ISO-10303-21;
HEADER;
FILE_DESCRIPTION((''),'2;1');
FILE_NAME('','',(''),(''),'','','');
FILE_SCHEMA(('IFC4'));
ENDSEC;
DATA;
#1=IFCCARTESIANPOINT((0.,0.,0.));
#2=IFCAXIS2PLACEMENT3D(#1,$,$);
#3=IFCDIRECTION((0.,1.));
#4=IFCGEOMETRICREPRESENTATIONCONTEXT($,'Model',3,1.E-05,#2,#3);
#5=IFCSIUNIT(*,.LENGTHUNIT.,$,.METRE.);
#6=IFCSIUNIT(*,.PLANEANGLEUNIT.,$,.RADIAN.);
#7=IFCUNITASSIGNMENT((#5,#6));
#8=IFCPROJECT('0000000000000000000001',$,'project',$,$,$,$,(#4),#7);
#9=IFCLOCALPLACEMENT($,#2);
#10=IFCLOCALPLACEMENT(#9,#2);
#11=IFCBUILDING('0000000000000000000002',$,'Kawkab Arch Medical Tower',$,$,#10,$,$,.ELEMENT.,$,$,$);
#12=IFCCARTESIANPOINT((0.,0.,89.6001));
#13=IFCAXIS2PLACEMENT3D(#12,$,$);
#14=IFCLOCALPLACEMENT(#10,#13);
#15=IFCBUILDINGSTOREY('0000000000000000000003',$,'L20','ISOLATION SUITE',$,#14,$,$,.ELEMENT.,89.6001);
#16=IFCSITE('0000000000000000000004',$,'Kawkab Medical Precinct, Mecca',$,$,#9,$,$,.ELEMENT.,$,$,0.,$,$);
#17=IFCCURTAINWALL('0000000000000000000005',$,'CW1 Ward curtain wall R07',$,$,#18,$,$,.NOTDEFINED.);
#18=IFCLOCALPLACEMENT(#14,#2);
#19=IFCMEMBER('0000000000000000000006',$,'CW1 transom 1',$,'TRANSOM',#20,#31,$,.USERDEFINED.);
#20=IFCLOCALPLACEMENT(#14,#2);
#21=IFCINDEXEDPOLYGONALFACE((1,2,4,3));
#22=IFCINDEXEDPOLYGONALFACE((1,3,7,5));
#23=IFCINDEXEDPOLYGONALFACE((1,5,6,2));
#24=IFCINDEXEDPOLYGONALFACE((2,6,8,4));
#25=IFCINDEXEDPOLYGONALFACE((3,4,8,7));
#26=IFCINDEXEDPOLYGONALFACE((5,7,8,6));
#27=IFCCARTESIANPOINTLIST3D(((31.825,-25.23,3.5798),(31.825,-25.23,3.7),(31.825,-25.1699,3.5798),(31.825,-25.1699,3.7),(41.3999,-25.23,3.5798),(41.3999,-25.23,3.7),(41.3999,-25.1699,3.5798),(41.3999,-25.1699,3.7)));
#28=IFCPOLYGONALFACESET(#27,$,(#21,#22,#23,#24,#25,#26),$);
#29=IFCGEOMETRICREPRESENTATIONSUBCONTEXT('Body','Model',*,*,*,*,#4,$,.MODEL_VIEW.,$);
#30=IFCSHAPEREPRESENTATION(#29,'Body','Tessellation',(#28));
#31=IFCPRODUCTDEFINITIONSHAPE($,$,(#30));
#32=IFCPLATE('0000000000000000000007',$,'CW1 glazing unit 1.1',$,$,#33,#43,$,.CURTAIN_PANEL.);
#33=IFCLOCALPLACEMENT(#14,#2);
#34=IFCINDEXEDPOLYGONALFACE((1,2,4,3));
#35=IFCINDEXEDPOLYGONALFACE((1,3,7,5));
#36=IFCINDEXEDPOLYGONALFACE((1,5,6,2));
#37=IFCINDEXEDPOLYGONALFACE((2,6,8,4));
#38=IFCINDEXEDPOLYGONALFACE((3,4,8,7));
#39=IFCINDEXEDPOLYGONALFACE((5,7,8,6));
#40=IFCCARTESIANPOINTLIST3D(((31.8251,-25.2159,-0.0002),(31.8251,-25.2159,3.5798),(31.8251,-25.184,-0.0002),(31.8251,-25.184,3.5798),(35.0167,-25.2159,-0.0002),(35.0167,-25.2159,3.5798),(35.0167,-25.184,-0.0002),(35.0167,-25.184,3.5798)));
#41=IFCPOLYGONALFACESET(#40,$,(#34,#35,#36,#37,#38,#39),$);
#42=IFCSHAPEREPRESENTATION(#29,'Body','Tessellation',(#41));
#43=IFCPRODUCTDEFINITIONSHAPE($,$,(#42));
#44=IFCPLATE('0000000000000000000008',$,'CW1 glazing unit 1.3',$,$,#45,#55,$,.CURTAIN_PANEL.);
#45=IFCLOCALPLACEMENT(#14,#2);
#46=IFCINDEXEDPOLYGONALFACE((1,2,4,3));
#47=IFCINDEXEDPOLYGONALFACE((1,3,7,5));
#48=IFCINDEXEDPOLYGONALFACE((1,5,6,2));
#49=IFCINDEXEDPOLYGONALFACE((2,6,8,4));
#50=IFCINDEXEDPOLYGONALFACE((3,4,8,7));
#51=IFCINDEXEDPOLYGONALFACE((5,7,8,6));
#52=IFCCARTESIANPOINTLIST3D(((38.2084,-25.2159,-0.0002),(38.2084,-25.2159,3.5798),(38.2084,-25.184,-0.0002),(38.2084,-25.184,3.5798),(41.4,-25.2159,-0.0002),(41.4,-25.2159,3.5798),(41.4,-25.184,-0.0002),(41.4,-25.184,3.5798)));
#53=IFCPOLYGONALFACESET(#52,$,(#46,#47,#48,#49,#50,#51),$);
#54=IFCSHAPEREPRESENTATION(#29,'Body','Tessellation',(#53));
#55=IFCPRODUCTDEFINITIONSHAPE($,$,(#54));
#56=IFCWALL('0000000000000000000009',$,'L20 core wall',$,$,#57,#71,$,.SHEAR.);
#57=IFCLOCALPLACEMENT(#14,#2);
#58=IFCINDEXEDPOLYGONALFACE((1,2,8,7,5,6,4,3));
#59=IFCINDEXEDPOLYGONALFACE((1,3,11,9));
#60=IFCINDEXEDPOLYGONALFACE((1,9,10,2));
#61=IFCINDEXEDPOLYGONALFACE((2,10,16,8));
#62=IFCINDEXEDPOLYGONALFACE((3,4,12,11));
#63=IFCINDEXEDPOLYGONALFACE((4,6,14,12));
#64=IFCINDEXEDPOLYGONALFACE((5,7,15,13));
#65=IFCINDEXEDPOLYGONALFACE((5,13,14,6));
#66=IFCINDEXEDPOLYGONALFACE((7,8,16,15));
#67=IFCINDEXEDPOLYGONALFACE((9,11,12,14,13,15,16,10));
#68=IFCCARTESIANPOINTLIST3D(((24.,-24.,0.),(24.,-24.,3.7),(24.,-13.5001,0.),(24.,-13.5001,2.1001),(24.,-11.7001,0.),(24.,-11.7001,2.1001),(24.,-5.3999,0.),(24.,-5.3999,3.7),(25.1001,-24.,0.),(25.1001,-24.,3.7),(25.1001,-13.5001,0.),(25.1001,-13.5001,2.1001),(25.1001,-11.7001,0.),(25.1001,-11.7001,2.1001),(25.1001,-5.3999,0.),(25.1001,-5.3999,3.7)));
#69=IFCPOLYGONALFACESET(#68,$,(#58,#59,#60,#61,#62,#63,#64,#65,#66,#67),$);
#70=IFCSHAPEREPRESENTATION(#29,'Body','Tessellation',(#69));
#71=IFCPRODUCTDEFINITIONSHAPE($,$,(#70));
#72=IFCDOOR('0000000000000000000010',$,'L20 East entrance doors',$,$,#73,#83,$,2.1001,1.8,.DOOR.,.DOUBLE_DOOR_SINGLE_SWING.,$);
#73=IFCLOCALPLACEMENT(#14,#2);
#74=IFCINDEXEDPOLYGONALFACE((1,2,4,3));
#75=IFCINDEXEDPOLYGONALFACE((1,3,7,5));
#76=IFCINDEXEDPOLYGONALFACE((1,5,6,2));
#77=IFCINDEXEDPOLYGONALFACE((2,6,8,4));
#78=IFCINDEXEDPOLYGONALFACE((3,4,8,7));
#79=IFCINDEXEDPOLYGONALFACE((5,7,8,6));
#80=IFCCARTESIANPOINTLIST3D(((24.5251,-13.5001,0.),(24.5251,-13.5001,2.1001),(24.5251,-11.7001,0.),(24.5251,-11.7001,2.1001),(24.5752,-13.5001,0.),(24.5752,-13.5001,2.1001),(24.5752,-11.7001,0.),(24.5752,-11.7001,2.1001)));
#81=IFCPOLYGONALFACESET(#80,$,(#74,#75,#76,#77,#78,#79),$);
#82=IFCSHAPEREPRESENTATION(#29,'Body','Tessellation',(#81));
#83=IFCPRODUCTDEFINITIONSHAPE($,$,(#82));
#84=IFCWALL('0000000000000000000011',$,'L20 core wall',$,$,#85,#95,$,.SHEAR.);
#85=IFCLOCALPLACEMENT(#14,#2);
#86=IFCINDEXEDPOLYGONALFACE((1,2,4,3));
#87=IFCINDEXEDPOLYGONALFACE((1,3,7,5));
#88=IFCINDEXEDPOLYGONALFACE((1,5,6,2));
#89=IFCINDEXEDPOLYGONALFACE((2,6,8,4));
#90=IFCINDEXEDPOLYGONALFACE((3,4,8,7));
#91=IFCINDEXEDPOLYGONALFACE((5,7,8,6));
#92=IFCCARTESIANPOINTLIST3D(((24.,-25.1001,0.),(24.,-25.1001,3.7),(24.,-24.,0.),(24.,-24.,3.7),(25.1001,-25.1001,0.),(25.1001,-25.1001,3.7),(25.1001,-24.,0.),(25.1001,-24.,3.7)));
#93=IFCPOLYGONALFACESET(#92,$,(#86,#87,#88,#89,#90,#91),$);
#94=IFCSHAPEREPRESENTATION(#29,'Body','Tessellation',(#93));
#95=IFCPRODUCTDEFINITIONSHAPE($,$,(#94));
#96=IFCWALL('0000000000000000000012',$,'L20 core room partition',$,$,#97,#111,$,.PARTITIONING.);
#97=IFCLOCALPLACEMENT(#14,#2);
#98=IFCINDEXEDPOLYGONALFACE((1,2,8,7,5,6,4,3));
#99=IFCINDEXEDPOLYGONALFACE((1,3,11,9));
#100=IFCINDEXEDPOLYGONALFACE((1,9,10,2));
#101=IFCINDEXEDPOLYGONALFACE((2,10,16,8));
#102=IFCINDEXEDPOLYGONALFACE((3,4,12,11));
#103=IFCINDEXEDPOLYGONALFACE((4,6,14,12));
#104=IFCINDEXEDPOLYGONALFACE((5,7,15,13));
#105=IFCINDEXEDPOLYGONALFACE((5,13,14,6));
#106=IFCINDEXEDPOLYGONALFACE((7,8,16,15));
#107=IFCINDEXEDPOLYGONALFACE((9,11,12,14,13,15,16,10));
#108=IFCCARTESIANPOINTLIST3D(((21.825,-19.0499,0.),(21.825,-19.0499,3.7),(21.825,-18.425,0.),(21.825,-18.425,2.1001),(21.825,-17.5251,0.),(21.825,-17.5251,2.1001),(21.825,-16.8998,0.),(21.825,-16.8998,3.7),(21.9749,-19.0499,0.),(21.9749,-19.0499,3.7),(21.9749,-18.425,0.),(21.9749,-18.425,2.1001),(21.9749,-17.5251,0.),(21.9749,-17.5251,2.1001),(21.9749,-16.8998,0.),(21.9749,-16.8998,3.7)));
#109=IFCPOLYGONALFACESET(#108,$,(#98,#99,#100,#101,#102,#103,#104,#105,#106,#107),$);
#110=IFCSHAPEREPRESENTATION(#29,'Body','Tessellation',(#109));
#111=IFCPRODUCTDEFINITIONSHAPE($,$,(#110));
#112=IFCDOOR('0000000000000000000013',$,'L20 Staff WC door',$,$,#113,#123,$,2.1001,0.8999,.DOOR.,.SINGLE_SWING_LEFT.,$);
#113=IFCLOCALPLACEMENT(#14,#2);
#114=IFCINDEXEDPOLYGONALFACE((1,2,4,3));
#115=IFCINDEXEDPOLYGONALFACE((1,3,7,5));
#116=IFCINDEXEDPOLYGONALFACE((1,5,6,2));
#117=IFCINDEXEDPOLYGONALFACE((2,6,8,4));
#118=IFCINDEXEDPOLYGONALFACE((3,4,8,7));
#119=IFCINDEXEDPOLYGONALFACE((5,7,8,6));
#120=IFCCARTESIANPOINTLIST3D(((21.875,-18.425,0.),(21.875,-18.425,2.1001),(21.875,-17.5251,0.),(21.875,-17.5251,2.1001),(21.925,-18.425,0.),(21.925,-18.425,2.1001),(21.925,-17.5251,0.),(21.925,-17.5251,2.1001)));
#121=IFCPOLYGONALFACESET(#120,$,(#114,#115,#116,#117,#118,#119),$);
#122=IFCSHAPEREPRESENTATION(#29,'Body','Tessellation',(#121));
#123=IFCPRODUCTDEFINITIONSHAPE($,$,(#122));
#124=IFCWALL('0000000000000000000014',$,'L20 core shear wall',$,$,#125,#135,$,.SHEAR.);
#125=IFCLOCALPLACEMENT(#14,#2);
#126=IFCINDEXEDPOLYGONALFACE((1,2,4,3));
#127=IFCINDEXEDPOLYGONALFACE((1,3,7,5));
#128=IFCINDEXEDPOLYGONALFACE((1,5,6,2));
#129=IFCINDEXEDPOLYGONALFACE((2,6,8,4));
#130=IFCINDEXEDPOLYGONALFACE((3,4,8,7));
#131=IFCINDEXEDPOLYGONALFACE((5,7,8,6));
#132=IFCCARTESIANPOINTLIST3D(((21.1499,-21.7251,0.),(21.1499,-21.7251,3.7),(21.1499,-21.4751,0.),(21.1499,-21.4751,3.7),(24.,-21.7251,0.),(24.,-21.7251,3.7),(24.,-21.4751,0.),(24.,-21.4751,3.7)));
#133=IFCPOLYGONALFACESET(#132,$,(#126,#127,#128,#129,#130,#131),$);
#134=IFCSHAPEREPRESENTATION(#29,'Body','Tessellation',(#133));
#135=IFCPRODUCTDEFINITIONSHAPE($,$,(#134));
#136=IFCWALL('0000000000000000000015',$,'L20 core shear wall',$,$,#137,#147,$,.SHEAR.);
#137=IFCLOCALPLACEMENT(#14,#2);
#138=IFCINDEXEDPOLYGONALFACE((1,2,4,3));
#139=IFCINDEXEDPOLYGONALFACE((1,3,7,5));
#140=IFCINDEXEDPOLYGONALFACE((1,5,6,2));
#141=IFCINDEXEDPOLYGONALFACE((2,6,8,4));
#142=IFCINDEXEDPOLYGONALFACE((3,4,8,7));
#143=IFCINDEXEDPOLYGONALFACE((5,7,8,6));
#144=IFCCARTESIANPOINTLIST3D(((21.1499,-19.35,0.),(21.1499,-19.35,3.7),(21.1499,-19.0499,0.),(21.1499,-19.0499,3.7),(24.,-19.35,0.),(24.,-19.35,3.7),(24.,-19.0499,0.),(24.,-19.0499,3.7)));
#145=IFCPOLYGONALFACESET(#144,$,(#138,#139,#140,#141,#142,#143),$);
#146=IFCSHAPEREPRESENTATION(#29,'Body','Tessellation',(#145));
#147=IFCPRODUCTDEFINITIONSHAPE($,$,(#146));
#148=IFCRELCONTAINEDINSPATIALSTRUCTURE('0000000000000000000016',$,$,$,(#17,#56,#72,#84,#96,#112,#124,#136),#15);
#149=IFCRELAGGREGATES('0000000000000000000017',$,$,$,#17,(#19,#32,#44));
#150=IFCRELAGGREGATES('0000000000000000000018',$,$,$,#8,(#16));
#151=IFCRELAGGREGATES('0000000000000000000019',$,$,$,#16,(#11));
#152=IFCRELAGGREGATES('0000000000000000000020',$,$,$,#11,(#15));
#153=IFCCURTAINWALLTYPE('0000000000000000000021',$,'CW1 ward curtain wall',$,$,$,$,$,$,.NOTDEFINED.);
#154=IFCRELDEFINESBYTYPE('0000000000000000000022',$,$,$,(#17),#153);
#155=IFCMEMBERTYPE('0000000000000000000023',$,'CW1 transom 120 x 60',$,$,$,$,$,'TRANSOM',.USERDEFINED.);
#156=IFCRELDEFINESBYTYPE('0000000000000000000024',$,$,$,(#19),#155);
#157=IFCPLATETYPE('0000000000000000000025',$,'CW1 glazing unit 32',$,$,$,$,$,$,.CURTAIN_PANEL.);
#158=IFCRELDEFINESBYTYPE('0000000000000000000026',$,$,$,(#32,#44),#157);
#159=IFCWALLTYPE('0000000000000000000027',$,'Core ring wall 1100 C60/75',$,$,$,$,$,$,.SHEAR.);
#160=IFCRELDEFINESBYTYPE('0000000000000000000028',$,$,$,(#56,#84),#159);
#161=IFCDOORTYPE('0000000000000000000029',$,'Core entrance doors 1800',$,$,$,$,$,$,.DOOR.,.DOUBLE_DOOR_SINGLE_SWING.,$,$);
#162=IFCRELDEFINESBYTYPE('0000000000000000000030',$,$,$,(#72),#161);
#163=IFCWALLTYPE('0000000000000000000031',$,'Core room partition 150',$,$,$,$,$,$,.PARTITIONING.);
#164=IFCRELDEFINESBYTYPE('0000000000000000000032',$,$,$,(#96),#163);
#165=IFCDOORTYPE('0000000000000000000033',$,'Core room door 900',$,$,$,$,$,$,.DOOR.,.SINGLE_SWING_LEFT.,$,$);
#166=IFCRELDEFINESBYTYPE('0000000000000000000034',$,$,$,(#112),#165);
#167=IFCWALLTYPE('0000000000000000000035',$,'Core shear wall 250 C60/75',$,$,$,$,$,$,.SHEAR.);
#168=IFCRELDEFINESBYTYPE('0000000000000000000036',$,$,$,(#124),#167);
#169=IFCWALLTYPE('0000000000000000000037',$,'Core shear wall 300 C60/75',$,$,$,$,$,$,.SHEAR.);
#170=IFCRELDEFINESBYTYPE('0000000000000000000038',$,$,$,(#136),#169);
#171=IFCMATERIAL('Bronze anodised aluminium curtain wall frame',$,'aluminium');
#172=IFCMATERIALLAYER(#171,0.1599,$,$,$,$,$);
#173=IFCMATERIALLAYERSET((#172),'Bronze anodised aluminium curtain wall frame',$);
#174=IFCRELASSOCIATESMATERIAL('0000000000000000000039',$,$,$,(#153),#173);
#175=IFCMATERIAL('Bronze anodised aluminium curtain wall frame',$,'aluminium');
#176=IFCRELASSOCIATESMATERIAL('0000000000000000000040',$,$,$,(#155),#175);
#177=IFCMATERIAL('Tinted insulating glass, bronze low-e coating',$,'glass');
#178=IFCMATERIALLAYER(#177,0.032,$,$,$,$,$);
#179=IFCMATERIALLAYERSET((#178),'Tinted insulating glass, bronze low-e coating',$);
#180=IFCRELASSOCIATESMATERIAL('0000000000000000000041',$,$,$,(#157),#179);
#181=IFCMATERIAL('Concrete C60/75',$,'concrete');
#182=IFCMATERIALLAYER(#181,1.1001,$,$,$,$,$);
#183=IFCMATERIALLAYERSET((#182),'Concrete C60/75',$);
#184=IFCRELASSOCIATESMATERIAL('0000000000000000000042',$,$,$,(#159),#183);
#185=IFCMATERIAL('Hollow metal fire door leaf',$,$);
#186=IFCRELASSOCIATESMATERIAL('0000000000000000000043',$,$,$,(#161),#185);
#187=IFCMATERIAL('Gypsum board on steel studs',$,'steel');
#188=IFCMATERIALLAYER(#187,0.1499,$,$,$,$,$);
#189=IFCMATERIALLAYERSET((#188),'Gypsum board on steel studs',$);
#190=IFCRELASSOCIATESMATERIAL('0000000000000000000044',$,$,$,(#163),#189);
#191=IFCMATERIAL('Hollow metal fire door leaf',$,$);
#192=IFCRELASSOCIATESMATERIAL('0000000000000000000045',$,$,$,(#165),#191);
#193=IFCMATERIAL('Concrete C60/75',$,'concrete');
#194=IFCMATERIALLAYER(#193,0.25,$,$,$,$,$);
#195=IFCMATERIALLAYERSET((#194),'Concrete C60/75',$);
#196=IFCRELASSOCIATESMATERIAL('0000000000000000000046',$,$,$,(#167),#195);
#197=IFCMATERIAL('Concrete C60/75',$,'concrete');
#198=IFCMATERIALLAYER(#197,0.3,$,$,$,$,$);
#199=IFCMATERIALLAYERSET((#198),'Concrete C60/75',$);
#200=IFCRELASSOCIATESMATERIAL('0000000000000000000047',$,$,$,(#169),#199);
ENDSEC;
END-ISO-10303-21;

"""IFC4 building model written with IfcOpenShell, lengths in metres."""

from ifc_helpers import new_model, si_unit, direction, frame, frame_2d, origin, origin_2d, place, context, subcontext, project, spatial, rectangle, extrude, material, layer, layer_set, material_profile, profile_set, type_object, element, fill, aggregate, save


model = new_model("IFC4")

# Units and contexts
model_context = context("Model", 3, precision=1e-05, world=origin(), true_north=direction((0.0, 1.0)))
body_context = subcontext(model_context, "Body", "Model", "MODEL_VIEW")
ifc_project = project(units=[si_unit("LENGTHUNIT", "METRE"), si_unit("PLANEANGLEUNIT", "RADIAN")], contexts=[model_context])

# Site, building, storey
site_placement = place(None, origin())
site = spatial("IfcSite", under=ifc_project, at=site_placement, Name="Kawkab Medical Precinct, Mecca", CompositionType="ELEMENT", RefElevation=0.0)
building_placement = place(site_placement, origin())
building = spatial("IfcBuilding", under=site, at=building_placement, Name="Kawkab Arch Medical Tower", CompositionType="ELEMENT")
storey_placement = place(building_placement, frame((0.0, 0.0, 89.6001)))
storey = spatial("IfcBuildingStorey", under=building, at=storey_placement, Name="L20", Description="ISOLATION SUITE", CompositionType="ELEMENT", Elevation=89.6001)

# Curtain wall, member, plates
ifc_material_1 = material(Name="Bronze anodised aluminium curtain wall frame", Category="aluminium")
ifc_layer_1 = layer(ifc_material_1, 0.1599)
ifc_layer_set_1 = layer_set([ifc_layer_1], Name="Bronze anodised aluminium curtain wall frame")
curtain_wall_type = type_object("IfcCurtainWallType", Name="CW1 ward curtain wall", PredefinedType="NOTDEFINED", material=ifc_layer_set_1)
curtain_wall_placement = place(storey_placement, origin())
curtain_wall = element("IfcCurtainWall", 1, at=curtain_wall_placement, inside=storey, type_object=curtain_wall_type, Name="CW1 Ward curtain wall R07", PredefinedType="NOTDEFINED")
ifc_material_2 = material(Name="Bronze anodised aluminium curtain wall frame", Category="aluminium")
ifc_material_profile = material_profile(ifc_material_2, rectangle(XDim=0.0601, YDim=0.1201, at=origin_2d()), Name="AL 60x120")
ifc_profile_set = profile_set([ifc_material_profile], Name="Bronze anodised aluminium curtain wall frame")
member_type = type_object("IfcMemberType", Name="CW1 transom 120 x 60", ElementType="TRANSOM", PredefinedType="USERDEFINED", material=ifc_profile_set)
member_placement = place(storey_placement, frame((31.825, -25.2, 3.6399), z_axis=(1.0, 0.0, 0.0), x_axis=(0.0, 1.0, 0.0)))
member = element("IfcMember", 2, at=member_placement, type_object=member_type, Name="CW1 transom 1", ObjectType="TRANSOM", PredefinedType="USERDEFINED", context=body_context, shape_type="SweptSolid", body=[
    extrude(rectangle(XDim=0.0601, YDim=0.1201, at=origin_2d()), origin(), (0.0, 0.0, 1.0), 9.575),
])
ifc_material_3 = material(Name="Tinted insulating glass, bronze low-e coating", Category="glass")
ifc_layer_2 = layer(ifc_material_3, 0.032)
ifc_layer_set_2 = layer_set([ifc_layer_2], Name="Tinted insulating glass, bronze low-e coating")
plate_type = type_object("IfcPlateType", Name="CW1 glazing unit 32", PredefinedType="CURTAIN_PANEL", material=ifc_layer_set_2)
plate_1_placement = place(storey_placement, frame((33.4209, -25.2, -0.0002), z_axis=(0.0, 0.0, 1.0), x_axis=(1.0, 0.0, 0.0)))
plate_1 = element("IfcPlate", 3, at=plate_1_placement, type_object=plate_type, Name="CW1 glazing unit 1.1", PredefinedType="CURTAIN_PANEL", context=body_context, shape_type="SweptSolid", body=[
    extrude(rectangle(XDim=3.1917, YDim=0.032, at=origin_2d()), origin(), (0.0, 0.0, 1.0), 3.5801),
])
plate_2_placement = place(storey_placement, frame((39.8042, -25.2, -0.0002), z_axis=(0.0, 0.0, 1.0), x_axis=(1.0, 0.0, 0.0)))
plate_2 = element("IfcPlate", 4, at=plate_2_placement, type_object=plate_type, Name="CW1 glazing unit 1.3", PredefinedType="CURTAIN_PANEL", context=body_context, shape_type="SweptSolid", body=[
    extrude(rectangle(XDim=3.1917, YDim=0.032, at=origin_2d()), origin(), (0.0, 0.0, 1.0), 3.5801),
])
aggregate(curtain_wall, [member, plate_1, plate_2])

# Wall, opening, door
ifc_material_4 = material(Name="Concrete C60/75", Category="concrete")
ifc_layer_3 = layer(ifc_material_4, 1.1001)
ifc_layer_set_3 = layer_set([ifc_layer_3], Name="Concrete C60/75")
wall_type_1 = type_object("IfcWallType", Name="Core ring wall 1100 C60/75", PredefinedType="SHEAR", material=ifc_layer_set_3)
wall_1_placement = place(storey_placement, frame((24.55, -24.0, 0.0), z_axis=(0.0, 0.0, 1.0), x_axis=(0.0, 1.0, 0.0)))
wall_1 = element("IfcWall", 5, at=wall_1_placement, inside=storey, type_object=wall_type_1, Name="L20 core wall", PredefinedType="SHEAR", context=body_context, shape_type="SweptSolid", body=[
    extrude(rectangle(XDim=18.6001, YDim=1.1001, at=frame_2d((9.3, 0.0))), origin(), (0.0, 0.0, 1.0), 3.7),
])
opening_1_placement = place(wall_1_placement, frame((10.5, 0.0, 0.0)))
opening_1 = element("IfcOpeningElement", 6, at=opening_1_placement, cuts=wall_1, PredefinedType="OPENING", context=body_context, shape_type="SweptSolid", body=[
    extrude(rectangle(XDim=1.8, YDim=2.1001, at=frame_2d((0.8999, 1.05))), frame((0.0, 0.5601, 0.0), z_axis=(0.0, -1.0, 0.0), x_axis=(1.0, 0.0, 0.0)), (0.0, 0.0, 1.0), 1.1201),
])
ifc_material_5 = material(Name="Hollow metal fire door leaf")
door_type_1 = type_object("IfcDoorType", Name="Core entrance doors 1800", OperationType="DOUBLE_DOOR_SINGLE_SWING", PredefinedType="DOOR", material=ifc_material_5)
door_1_placement = place(opening_1_placement, origin())
door_1 = element("IfcDoor", 7, at=door_1_placement, inside=storey, type_object=door_type_1, Name="L20 East entrance doors", OperationType="DOUBLE_DOOR_SINGLE_SWING", OverallHeight=2.1001, OverallWidth=1.8, PredefinedType="DOOR", context=body_context, shape_type="SweptSolid", body=[
    extrude(rectangle(XDim=1.8, YDim=2.1001, at=frame_2d((0.8999, 1.05))), frame((0.0, 0.0249, 0.0), z_axis=(0.0, -1.0, 0.0), x_axis=(1.0, 0.0, 0.0)), (0.0, 0.0, 1.0), 0.05),
])
fill(opening_1, door_1)

# Wall
wall_2_placement = place(storey_placement, frame((24.55, -25.1001, 0.0), z_axis=(0.0, 0.0, 1.0), x_axis=(0.0, 1.0, 0.0)))
element("IfcWall", 8, at=wall_2_placement, inside=storey, type_object=wall_type_1, Name="L20 core wall", PredefinedType="SHEAR", context=body_context, shape_type="SweptSolid", body=[
    extrude(rectangle(XDim=1.1001, YDim=1.1001, at=frame_2d((0.55, 0.0))), origin(), (0.0, 0.0, 1.0), 3.7),
])

# Wall, opening, door
ifc_material_6 = material(Name="Gypsum board on steel studs", Category="steel")
ifc_layer_4 = layer(ifc_material_6, 0.1499)
ifc_layer_set_4 = layer_set([ifc_layer_4], Name="Gypsum board on steel studs")
wall_type_2 = type_object("IfcWallType", Name="Core room partition 150", PredefinedType="PARTITIONING", material=ifc_layer_set_4)
wall_3_placement = place(storey_placement, frame((21.8999, -19.05, 0.0), z_axis=(0.0, 0.0, 1.0), x_axis=(0.0, 1.0, 0.0)))
wall_3 = element("IfcWall", 9, at=wall_3_placement, inside=storey, type_object=wall_type_2, Name="L20 core room partition", PredefinedType="PARTITIONING", context=body_context, shape_type="SweptSolid", body=[
    extrude(rectangle(XDim=2.1501, YDim=0.1499, at=frame_2d((1.0752, 0.0))), origin(), (0.0, 0.0, 1.0), 3.7),
])
opening_2_placement = place(wall_3_placement, frame((0.625, 0.0, 0.0)))
opening_2 = element("IfcOpeningElement", 10, at=opening_2_placement, cuts=wall_3, PredefinedType="OPENING", context=body_context, shape_type="SweptSolid", body=[
    extrude(rectangle(XDim=0.8999, YDim=2.1001, at=frame_2d((0.45, 1.05))), frame((0.0, 0.085, 0.0), z_axis=(0.0, -1.0, 0.0), x_axis=(1.0, 0.0, 0.0)), (0.0, 0.0, 1.0), 0.1699),
])
ifc_material_7 = material(Name="Hollow metal fire door leaf")
door_type_2 = type_object("IfcDoorType", Name="Core room door 900", OperationType="SINGLE_SWING_LEFT", PredefinedType="DOOR", material=ifc_material_7)
door_2_placement = place(opening_2_placement, origin())
door_2 = element("IfcDoor", 11, at=door_2_placement, inside=storey, type_object=door_type_2, Name="L20 Staff WC door", OperationType="SINGLE_SWING_LEFT", OverallHeight=2.1001, OverallWidth=0.8999, PredefinedType="DOOR", context=body_context, shape_type="SweptSolid", body=[
    extrude(rectangle(XDim=0.8999, YDim=2.1001, at=frame_2d((0.45, 1.05))), frame((0.0, 0.0249, 0.0), z_axis=(0.0, -1.0, 0.0), x_axis=(1.0, 0.0, 0.0)), (0.0, 0.0, 1.0), 0.05),
])
fill(opening_2, door_2)

# Walls
ifc_material_8 = material(Name="Concrete C60/75", Category="concrete")
ifc_layer_5 = layer(ifc_material_8, 0.25)
ifc_layer_set_5 = layer_set([ifc_layer_5], Name="Concrete C60/75")
wall_type_3 = type_object("IfcWallType", Name="Core shear wall 250 C60/75", PredefinedType="SHEAR", material=ifc_layer_set_5)
wall_4_placement = place(storey_placement, frame((21.1499, -21.6001, 0.0), z_axis=(0.0, 0.0, 1.0), x_axis=(1.0, 0.0, 0.0)))
element("IfcWall", 12, at=wall_4_placement, inside=storey, type_object=wall_type_3, Name="L20 core shear wall", PredefinedType="SHEAR", context=body_context, shape_type="SweptSolid", body=[
    extrude(rectangle(XDim=2.8501, YDim=0.25, at=frame_2d((1.425, 0.0))), origin(), (0.0, 0.0, 1.0), 3.7),
])
ifc_material_9 = material(Name="Concrete C60/75", Category="concrete")
ifc_layer_6 = layer(ifc_material_9, 0.3)
ifc_layer_set_6 = layer_set([ifc_layer_6], Name="Concrete C60/75")
wall_type_4 = type_object("IfcWallType", Name="Core shear wall 300 C60/75", PredefinedType="SHEAR", material=ifc_layer_set_6)
wall_5_placement = place(storey_placement, frame((21.1499, -19.2, 0.0), z_axis=(0.0, 0.0, 1.0), x_axis=(1.0, 0.0, 0.0)))
element("IfcWall", 13, at=wall_5_placement, inside=storey, type_object=wall_type_4, Name="L20 core shear wall", PredefinedType="SHEAR", context=body_context, shape_type="SweptSolid", body=[
    extrude(rectangle(XDim=2.8501, YDim=0.3, at=frame_2d((1.425, 0.0))), origin(), (0.0, 0.0, 1.0), 3.7),
])

save(model, "model.ifc")
